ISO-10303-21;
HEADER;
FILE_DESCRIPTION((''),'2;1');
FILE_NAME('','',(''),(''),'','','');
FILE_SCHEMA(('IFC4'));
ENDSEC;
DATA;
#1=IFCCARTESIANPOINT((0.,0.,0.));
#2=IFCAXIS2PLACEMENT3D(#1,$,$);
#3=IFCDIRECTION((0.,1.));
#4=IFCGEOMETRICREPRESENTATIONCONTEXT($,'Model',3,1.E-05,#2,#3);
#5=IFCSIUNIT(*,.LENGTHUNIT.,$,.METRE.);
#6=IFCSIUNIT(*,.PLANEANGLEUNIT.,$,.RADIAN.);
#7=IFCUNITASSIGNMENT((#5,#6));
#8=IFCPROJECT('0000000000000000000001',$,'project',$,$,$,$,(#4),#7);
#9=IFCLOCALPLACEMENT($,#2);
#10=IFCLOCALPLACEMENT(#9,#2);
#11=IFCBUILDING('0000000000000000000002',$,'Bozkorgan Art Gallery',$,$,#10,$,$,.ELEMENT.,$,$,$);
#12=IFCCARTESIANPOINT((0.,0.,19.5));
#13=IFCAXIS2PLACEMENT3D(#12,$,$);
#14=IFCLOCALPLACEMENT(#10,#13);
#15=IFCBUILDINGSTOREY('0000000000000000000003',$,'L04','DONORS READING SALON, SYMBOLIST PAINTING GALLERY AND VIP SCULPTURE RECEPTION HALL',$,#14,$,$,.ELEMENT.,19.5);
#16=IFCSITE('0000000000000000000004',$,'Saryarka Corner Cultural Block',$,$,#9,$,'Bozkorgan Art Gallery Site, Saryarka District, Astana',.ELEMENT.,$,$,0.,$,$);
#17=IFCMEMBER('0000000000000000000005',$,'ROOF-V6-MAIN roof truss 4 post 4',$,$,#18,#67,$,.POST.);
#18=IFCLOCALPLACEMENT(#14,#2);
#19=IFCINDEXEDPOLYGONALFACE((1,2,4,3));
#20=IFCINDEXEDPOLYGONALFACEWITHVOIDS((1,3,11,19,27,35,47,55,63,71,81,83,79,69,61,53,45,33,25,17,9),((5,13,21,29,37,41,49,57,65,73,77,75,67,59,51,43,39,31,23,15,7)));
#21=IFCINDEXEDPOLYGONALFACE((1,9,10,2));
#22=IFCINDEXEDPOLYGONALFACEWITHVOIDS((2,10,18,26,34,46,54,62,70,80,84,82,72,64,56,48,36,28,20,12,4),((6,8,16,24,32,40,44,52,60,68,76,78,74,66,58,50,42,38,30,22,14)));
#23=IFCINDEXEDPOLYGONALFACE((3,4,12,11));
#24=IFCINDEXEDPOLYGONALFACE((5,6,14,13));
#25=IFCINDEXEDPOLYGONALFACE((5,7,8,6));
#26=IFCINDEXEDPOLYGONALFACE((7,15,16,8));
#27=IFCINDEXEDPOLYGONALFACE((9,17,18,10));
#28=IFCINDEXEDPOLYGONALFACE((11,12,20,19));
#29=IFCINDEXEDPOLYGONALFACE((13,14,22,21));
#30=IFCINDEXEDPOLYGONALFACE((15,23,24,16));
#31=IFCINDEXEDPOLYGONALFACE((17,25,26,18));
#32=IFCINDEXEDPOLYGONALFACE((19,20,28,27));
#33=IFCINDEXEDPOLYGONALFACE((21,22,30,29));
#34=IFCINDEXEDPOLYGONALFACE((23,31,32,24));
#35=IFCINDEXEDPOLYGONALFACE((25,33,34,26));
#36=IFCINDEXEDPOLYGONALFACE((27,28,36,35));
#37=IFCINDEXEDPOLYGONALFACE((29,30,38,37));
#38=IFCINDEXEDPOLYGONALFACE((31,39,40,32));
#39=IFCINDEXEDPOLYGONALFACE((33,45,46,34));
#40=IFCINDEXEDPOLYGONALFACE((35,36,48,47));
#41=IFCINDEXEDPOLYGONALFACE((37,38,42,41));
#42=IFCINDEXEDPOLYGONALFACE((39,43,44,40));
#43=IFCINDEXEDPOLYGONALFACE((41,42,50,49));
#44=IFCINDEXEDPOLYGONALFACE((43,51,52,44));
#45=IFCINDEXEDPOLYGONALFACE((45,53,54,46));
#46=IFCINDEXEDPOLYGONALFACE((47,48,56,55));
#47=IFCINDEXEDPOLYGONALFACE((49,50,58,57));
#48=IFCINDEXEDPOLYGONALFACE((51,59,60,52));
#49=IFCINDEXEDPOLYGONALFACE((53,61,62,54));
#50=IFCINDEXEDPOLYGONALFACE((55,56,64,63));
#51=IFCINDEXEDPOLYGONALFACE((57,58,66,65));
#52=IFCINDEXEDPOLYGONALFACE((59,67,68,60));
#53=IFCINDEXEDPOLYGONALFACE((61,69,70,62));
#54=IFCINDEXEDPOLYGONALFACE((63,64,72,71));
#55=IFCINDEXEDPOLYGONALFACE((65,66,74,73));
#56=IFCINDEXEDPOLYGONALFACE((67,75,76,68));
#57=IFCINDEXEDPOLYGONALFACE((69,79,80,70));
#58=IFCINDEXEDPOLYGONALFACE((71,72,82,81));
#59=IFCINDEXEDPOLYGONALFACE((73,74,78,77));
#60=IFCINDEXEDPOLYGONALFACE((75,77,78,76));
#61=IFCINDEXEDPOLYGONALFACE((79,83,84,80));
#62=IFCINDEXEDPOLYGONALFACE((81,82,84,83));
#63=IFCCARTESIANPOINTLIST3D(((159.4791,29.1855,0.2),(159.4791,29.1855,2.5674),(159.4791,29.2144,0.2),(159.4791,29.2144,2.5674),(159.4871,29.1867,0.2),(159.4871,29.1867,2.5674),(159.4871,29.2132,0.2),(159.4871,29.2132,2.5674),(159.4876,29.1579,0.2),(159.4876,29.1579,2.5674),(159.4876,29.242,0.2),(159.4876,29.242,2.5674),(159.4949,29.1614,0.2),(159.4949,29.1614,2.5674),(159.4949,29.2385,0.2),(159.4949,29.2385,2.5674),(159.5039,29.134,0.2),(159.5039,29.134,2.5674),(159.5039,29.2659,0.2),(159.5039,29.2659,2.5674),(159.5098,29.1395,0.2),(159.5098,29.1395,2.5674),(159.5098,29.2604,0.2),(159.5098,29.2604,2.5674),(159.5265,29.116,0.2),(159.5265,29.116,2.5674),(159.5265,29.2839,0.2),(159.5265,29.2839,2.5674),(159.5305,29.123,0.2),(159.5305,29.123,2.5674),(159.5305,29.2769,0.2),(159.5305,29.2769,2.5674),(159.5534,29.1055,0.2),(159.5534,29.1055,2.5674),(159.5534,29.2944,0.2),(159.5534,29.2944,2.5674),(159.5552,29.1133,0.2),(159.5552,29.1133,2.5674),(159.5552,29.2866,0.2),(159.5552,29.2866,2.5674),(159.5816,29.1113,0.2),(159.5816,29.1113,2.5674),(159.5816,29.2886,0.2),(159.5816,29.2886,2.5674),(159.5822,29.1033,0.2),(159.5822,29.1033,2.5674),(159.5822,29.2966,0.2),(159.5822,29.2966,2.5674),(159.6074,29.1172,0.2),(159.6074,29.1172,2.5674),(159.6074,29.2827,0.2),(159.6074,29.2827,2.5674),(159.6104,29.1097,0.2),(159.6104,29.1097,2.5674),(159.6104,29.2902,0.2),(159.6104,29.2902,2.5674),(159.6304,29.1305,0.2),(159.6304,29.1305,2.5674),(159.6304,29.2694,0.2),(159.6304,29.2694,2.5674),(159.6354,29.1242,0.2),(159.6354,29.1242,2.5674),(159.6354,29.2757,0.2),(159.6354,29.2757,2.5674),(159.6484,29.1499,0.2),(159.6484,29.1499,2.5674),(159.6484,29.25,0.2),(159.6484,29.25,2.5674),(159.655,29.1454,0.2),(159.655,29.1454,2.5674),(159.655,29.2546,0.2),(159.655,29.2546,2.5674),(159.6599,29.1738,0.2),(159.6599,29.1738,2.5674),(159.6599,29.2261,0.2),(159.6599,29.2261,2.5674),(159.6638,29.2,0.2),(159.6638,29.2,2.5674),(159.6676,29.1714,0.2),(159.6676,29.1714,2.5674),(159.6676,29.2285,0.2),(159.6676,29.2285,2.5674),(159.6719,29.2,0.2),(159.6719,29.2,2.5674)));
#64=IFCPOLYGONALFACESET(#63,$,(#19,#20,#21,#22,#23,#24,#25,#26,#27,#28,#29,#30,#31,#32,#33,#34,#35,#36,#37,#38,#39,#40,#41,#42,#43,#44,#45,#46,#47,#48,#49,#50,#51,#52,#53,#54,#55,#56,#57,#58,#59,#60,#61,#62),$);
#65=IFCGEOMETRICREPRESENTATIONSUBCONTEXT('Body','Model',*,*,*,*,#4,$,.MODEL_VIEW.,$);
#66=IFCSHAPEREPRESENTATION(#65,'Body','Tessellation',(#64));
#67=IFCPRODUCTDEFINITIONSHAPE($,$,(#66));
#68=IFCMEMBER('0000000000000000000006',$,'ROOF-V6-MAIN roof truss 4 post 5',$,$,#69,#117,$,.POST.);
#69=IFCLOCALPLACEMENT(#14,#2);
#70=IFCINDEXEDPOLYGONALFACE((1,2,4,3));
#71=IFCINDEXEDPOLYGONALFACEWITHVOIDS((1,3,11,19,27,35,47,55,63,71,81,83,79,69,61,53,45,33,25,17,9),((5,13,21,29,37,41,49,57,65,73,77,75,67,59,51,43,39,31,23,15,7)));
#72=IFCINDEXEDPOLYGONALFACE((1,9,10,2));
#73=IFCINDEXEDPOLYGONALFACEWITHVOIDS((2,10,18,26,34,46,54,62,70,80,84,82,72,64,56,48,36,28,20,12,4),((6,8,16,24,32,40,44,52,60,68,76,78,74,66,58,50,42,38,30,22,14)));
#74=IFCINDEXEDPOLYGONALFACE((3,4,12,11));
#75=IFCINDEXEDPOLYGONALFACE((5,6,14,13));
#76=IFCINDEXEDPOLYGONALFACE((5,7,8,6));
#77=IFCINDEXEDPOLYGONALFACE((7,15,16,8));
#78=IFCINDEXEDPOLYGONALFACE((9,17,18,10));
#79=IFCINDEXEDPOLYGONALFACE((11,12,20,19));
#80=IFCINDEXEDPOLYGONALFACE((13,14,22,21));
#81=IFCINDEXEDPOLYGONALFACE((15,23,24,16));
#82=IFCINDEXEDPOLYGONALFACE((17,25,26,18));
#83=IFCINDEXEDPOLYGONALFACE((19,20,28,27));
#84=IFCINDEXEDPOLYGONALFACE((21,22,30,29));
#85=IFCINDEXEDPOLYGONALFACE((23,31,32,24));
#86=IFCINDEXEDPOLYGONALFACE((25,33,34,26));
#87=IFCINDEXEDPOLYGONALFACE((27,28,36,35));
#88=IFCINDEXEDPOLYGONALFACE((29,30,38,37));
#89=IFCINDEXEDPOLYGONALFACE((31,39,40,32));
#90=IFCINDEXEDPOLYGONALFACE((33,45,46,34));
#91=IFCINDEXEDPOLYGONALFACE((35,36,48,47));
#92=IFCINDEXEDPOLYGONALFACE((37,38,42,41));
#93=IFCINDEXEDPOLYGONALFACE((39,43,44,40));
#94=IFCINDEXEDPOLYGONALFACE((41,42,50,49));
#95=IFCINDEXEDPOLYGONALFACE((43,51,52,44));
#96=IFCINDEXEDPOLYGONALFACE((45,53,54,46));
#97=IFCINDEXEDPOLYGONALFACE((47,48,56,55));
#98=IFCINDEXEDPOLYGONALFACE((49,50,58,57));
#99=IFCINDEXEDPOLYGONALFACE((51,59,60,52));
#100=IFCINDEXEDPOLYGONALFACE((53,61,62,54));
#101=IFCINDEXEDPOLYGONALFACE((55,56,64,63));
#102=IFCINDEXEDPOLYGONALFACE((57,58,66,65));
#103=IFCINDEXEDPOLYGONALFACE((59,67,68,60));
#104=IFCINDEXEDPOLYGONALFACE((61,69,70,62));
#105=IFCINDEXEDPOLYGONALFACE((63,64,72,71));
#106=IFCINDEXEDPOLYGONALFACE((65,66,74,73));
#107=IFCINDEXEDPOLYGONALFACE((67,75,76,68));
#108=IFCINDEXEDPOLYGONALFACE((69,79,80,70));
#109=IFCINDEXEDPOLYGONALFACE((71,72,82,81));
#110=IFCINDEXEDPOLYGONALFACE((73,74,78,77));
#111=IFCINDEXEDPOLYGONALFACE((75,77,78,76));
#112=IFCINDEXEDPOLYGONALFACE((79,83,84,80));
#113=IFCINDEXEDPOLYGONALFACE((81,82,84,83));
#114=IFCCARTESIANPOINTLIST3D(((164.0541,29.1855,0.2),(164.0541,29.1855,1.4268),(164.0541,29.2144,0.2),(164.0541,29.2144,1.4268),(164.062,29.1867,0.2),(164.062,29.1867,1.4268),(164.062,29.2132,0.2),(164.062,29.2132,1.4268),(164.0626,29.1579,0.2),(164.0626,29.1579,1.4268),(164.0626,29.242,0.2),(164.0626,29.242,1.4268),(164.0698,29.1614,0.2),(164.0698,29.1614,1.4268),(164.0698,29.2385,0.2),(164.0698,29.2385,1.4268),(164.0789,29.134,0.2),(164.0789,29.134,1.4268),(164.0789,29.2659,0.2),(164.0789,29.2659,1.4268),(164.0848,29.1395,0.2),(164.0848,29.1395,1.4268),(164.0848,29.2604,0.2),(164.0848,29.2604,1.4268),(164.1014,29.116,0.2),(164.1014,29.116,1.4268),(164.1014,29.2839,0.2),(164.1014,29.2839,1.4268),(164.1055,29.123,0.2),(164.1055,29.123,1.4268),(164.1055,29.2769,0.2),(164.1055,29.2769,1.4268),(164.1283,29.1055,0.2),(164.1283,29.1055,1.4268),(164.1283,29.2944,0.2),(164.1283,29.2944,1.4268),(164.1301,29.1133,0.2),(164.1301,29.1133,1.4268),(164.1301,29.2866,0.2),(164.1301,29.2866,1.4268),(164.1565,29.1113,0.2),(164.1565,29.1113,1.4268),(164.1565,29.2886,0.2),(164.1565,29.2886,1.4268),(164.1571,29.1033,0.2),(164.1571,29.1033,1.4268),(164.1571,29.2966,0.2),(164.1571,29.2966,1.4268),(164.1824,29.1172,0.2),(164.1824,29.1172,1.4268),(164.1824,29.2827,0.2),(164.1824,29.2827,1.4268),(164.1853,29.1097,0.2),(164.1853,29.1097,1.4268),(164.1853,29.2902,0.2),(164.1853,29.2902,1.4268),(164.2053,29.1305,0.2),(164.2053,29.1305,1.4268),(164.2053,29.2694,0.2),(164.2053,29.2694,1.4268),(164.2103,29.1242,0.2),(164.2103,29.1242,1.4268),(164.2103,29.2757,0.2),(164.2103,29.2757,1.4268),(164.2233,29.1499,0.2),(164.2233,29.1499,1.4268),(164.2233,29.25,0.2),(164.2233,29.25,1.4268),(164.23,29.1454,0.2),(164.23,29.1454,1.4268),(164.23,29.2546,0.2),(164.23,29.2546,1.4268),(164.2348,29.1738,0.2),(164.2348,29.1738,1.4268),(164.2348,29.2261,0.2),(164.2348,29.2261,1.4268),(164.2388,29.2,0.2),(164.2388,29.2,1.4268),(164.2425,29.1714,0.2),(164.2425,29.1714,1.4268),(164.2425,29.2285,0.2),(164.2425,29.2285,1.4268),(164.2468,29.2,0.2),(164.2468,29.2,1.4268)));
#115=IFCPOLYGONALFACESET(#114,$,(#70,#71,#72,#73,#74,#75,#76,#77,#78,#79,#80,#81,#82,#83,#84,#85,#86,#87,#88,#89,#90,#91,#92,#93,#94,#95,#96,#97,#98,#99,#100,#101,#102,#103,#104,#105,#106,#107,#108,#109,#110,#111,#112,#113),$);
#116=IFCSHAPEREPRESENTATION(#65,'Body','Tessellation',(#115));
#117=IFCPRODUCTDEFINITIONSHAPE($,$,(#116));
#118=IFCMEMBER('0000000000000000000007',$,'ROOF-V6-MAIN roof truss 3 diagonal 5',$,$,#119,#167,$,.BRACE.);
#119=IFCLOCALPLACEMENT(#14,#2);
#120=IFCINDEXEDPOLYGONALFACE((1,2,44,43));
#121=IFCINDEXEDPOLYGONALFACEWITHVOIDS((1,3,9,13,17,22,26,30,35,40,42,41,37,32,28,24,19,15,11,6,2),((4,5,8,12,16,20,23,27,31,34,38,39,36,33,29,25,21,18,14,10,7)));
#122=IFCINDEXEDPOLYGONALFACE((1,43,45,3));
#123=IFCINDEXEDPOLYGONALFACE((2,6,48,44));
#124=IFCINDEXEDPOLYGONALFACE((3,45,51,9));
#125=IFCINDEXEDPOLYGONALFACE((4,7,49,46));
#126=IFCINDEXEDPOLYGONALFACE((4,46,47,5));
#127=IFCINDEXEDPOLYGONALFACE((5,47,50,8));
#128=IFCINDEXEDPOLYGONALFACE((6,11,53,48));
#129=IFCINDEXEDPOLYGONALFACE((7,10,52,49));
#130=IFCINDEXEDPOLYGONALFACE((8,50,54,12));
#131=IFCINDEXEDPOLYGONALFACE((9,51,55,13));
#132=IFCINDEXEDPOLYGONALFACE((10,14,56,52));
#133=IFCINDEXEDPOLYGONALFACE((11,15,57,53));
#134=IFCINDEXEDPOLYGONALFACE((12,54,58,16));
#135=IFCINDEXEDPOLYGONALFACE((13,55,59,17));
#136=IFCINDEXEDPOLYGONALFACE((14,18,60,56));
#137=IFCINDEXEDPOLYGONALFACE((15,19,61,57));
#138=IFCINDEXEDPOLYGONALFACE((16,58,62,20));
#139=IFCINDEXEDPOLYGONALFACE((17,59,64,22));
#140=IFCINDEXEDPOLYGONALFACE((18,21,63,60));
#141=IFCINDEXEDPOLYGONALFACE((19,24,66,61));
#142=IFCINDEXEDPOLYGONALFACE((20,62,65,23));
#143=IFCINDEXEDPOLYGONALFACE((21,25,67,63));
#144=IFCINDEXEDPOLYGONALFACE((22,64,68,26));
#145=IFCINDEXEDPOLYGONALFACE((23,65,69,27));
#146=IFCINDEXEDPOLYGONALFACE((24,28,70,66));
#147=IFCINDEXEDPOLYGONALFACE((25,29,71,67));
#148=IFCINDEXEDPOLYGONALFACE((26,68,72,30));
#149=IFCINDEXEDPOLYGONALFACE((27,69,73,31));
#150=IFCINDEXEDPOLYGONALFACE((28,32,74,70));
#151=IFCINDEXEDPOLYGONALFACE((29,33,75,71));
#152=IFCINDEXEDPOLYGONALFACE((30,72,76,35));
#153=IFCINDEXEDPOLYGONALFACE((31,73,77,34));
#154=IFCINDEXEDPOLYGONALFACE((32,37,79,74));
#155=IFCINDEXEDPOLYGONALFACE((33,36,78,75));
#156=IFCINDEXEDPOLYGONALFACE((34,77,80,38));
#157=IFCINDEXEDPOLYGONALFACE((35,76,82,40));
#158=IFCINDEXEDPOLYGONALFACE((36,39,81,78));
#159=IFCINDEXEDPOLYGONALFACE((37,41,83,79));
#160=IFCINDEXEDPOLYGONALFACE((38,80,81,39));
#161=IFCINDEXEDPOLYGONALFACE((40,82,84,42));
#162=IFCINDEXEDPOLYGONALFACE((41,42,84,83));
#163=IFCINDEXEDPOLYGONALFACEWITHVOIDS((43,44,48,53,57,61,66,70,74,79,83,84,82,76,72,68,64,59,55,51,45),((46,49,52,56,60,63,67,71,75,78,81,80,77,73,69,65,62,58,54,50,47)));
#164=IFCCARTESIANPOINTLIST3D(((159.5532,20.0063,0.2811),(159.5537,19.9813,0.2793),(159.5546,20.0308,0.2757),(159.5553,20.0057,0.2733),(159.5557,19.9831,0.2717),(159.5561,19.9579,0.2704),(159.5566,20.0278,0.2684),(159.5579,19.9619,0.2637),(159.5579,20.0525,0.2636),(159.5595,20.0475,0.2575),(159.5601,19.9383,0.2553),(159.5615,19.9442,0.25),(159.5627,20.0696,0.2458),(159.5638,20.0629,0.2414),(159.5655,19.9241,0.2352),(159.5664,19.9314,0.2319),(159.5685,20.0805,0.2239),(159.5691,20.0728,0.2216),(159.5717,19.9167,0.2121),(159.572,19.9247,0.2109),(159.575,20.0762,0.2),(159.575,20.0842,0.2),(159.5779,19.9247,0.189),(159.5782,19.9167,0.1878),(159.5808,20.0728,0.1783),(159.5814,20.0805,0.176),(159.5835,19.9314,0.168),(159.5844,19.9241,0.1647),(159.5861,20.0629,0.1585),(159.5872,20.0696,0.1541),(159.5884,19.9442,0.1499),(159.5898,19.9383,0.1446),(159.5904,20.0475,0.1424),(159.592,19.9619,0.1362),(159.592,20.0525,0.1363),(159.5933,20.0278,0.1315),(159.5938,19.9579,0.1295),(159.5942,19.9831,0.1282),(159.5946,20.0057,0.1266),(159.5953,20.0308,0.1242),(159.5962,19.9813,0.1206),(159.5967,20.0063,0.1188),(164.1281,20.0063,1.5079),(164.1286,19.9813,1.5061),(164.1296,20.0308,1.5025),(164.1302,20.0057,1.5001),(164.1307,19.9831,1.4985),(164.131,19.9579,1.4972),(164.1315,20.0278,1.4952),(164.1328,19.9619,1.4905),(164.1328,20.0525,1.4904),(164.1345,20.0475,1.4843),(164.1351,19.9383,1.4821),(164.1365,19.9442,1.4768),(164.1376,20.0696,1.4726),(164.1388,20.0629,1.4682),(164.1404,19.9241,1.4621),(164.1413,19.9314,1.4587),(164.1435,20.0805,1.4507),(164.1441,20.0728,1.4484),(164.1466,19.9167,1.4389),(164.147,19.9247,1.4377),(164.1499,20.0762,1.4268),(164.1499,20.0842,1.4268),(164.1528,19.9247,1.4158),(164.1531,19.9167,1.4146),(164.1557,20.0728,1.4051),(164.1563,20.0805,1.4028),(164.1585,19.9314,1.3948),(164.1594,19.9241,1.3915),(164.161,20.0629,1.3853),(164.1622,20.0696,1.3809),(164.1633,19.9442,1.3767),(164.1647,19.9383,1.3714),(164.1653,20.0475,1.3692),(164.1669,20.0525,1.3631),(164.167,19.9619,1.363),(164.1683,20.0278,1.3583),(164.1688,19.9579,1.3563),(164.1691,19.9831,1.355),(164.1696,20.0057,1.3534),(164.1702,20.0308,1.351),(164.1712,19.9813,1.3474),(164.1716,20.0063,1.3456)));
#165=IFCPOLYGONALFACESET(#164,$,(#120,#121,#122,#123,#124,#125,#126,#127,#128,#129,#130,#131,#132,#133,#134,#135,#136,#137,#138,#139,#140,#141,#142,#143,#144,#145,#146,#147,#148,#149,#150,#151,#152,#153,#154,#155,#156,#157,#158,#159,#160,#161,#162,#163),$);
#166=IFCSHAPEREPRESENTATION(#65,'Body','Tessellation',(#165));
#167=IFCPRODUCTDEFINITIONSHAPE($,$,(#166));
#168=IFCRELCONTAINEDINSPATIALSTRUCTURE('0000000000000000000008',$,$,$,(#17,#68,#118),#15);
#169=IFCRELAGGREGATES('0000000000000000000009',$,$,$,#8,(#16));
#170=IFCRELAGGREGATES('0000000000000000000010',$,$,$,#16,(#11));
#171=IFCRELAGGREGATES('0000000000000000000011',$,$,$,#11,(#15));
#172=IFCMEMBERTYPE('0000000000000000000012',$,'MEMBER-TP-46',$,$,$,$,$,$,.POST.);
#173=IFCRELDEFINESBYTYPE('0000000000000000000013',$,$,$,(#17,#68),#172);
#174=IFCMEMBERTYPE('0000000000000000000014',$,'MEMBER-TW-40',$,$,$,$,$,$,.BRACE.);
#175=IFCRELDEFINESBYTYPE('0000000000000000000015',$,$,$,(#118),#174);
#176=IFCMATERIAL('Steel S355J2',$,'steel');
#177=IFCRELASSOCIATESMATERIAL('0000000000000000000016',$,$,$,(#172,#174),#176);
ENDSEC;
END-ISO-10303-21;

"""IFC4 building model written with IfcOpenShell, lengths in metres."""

from ifc_helpers import new_model, si_unit, direction, frame, origin, origin_2d, place, context, subcontext, project, spatial, hollow_circle, extrude, material, material_profile, profile_set, type_object, element, save


model = new_model("IFC4")

# Units and contexts
model_context = context("Model", 3, precision=1e-05, world=origin(), true_north=direction((0.0, 1.0)))
body_context = subcontext(model_context, "Body", "Model", "MODEL_VIEW")
ifc_project = project(units=[si_unit("LENGTHUNIT", "METRE"), si_unit("PLANEANGLEUNIT", "RADIAN")], contexts=[model_context])

# Site, building, storey
site_placement = place(None, origin())
site = spatial("IfcSite", under=ifc_project, at=site_placement, Name="Saryarka Corner Cultural Block", LongName="Bozkorgan Art Gallery Site, Saryarka District, Astana", CompositionType="ELEMENT", RefElevation=0.0)
building_placement = place(site_placement, origin())
building = spatial("IfcBuilding", under=site, at=building_placement, Name="Bozkorgan Art Gallery", CompositionType="ELEMENT")
storey_placement = place(building_placement, frame((0.0, 0.0, 19.5)))
storey = spatial("IfcBuildingStorey", under=building, at=storey_placement, Name="L04", Description="DONORS READING SALON, SYMBOLIST PAINTING GALLERY AND VIP SCULPTURE RECEPTION HALL", CompositionType="ELEMENT", Elevation=19.5)

# Members
ifc_material_1 = material(Name="Steel S355J2", Category="steel")
ifc_material_profile_1 = material_profile(ifc_material_1, hollow_circle(Radius=0.0969, WallThickness=0.0081, at=origin_2d()), Name="CHS 193.7x8")
ifc_profile_set_1 = profile_set([ifc_material_profile_1], Name="Steel S355J2")
member_type_1 = type_object("IfcMemberType", Name="MEMBER-TP-46", PredefinedType="POST", material=ifc_profile_set_1)
member_1_placement = place(storey_placement, frame((159.575, 29.2, 0.2), z_axis=(0.0, 0.0, 1.0), x_axis=(1.0, 0.0, 0.0)))
element("IfcMember", 1, at=member_1_placement, inside=storey, type_object=member_type_1, Name="ROOF-V6-MAIN roof truss 4 post 4", PredefinedType="POST", context=body_context, shape_type="SweptSolid", body=[
    extrude(hollow_circle(Radius=0.0969, WallThickness=0.0081, at=origin_2d()), origin(), (0.0, 0.0, 1.0), 2.3674),
])
member_2_placement = place(storey_placement, frame((164.1499, 29.2, 0.2), z_axis=(0.0, 0.0, 1.0), x_axis=(1.0, 0.0, 0.0)))
element("IfcMember", 2, at=member_2_placement, inside=storey, type_object=member_type_1, Name="ROOF-V6-MAIN roof truss 4 post 5", PredefinedType="POST", context=body_context, shape_type="SweptSolid", body=[
    extrude(hollow_circle(Radius=0.0969, WallThickness=0.0081, at=origin_2d()), origin(), (0.0, 0.0, 1.0), 1.2268),
])
ifc_material_profile_2 = material_profile(ifc_material_1, hollow_circle(Radius=0.0842, WallThickness=0.0081, at=origin_2d()), Name="CHS 168.3x8")
ifc_profile_set_2 = profile_set([ifc_material_profile_2], Name="Steel S355J2")
member_type_2 = type_object("IfcMemberType", Name="MEMBER-TW-40", PredefinedType="BRACE", material=ifc_profile_set_2)
member_3_placement = place(storey_placement, frame((159.575, 20.0, 0.2), z_axis=(0.965876, 0.0, 0.259007), x_axis=(0.0, 1.0, 0.0)))
element("IfcMember", 3, at=member_3_placement, inside=storey, type_object=member_type_2, Name="ROOF-V6-MAIN roof truss 3 diagonal 5", PredefinedType="BRACE", context=body_context, shape_type="SweptSolid", body=[
    extrude(hollow_circle(Radius=0.0842, WallThickness=0.0081, at=origin_2d()), origin(), (0.0, 0.0, 1.0), 4.7366),
])

save(model, "model.ifc")
